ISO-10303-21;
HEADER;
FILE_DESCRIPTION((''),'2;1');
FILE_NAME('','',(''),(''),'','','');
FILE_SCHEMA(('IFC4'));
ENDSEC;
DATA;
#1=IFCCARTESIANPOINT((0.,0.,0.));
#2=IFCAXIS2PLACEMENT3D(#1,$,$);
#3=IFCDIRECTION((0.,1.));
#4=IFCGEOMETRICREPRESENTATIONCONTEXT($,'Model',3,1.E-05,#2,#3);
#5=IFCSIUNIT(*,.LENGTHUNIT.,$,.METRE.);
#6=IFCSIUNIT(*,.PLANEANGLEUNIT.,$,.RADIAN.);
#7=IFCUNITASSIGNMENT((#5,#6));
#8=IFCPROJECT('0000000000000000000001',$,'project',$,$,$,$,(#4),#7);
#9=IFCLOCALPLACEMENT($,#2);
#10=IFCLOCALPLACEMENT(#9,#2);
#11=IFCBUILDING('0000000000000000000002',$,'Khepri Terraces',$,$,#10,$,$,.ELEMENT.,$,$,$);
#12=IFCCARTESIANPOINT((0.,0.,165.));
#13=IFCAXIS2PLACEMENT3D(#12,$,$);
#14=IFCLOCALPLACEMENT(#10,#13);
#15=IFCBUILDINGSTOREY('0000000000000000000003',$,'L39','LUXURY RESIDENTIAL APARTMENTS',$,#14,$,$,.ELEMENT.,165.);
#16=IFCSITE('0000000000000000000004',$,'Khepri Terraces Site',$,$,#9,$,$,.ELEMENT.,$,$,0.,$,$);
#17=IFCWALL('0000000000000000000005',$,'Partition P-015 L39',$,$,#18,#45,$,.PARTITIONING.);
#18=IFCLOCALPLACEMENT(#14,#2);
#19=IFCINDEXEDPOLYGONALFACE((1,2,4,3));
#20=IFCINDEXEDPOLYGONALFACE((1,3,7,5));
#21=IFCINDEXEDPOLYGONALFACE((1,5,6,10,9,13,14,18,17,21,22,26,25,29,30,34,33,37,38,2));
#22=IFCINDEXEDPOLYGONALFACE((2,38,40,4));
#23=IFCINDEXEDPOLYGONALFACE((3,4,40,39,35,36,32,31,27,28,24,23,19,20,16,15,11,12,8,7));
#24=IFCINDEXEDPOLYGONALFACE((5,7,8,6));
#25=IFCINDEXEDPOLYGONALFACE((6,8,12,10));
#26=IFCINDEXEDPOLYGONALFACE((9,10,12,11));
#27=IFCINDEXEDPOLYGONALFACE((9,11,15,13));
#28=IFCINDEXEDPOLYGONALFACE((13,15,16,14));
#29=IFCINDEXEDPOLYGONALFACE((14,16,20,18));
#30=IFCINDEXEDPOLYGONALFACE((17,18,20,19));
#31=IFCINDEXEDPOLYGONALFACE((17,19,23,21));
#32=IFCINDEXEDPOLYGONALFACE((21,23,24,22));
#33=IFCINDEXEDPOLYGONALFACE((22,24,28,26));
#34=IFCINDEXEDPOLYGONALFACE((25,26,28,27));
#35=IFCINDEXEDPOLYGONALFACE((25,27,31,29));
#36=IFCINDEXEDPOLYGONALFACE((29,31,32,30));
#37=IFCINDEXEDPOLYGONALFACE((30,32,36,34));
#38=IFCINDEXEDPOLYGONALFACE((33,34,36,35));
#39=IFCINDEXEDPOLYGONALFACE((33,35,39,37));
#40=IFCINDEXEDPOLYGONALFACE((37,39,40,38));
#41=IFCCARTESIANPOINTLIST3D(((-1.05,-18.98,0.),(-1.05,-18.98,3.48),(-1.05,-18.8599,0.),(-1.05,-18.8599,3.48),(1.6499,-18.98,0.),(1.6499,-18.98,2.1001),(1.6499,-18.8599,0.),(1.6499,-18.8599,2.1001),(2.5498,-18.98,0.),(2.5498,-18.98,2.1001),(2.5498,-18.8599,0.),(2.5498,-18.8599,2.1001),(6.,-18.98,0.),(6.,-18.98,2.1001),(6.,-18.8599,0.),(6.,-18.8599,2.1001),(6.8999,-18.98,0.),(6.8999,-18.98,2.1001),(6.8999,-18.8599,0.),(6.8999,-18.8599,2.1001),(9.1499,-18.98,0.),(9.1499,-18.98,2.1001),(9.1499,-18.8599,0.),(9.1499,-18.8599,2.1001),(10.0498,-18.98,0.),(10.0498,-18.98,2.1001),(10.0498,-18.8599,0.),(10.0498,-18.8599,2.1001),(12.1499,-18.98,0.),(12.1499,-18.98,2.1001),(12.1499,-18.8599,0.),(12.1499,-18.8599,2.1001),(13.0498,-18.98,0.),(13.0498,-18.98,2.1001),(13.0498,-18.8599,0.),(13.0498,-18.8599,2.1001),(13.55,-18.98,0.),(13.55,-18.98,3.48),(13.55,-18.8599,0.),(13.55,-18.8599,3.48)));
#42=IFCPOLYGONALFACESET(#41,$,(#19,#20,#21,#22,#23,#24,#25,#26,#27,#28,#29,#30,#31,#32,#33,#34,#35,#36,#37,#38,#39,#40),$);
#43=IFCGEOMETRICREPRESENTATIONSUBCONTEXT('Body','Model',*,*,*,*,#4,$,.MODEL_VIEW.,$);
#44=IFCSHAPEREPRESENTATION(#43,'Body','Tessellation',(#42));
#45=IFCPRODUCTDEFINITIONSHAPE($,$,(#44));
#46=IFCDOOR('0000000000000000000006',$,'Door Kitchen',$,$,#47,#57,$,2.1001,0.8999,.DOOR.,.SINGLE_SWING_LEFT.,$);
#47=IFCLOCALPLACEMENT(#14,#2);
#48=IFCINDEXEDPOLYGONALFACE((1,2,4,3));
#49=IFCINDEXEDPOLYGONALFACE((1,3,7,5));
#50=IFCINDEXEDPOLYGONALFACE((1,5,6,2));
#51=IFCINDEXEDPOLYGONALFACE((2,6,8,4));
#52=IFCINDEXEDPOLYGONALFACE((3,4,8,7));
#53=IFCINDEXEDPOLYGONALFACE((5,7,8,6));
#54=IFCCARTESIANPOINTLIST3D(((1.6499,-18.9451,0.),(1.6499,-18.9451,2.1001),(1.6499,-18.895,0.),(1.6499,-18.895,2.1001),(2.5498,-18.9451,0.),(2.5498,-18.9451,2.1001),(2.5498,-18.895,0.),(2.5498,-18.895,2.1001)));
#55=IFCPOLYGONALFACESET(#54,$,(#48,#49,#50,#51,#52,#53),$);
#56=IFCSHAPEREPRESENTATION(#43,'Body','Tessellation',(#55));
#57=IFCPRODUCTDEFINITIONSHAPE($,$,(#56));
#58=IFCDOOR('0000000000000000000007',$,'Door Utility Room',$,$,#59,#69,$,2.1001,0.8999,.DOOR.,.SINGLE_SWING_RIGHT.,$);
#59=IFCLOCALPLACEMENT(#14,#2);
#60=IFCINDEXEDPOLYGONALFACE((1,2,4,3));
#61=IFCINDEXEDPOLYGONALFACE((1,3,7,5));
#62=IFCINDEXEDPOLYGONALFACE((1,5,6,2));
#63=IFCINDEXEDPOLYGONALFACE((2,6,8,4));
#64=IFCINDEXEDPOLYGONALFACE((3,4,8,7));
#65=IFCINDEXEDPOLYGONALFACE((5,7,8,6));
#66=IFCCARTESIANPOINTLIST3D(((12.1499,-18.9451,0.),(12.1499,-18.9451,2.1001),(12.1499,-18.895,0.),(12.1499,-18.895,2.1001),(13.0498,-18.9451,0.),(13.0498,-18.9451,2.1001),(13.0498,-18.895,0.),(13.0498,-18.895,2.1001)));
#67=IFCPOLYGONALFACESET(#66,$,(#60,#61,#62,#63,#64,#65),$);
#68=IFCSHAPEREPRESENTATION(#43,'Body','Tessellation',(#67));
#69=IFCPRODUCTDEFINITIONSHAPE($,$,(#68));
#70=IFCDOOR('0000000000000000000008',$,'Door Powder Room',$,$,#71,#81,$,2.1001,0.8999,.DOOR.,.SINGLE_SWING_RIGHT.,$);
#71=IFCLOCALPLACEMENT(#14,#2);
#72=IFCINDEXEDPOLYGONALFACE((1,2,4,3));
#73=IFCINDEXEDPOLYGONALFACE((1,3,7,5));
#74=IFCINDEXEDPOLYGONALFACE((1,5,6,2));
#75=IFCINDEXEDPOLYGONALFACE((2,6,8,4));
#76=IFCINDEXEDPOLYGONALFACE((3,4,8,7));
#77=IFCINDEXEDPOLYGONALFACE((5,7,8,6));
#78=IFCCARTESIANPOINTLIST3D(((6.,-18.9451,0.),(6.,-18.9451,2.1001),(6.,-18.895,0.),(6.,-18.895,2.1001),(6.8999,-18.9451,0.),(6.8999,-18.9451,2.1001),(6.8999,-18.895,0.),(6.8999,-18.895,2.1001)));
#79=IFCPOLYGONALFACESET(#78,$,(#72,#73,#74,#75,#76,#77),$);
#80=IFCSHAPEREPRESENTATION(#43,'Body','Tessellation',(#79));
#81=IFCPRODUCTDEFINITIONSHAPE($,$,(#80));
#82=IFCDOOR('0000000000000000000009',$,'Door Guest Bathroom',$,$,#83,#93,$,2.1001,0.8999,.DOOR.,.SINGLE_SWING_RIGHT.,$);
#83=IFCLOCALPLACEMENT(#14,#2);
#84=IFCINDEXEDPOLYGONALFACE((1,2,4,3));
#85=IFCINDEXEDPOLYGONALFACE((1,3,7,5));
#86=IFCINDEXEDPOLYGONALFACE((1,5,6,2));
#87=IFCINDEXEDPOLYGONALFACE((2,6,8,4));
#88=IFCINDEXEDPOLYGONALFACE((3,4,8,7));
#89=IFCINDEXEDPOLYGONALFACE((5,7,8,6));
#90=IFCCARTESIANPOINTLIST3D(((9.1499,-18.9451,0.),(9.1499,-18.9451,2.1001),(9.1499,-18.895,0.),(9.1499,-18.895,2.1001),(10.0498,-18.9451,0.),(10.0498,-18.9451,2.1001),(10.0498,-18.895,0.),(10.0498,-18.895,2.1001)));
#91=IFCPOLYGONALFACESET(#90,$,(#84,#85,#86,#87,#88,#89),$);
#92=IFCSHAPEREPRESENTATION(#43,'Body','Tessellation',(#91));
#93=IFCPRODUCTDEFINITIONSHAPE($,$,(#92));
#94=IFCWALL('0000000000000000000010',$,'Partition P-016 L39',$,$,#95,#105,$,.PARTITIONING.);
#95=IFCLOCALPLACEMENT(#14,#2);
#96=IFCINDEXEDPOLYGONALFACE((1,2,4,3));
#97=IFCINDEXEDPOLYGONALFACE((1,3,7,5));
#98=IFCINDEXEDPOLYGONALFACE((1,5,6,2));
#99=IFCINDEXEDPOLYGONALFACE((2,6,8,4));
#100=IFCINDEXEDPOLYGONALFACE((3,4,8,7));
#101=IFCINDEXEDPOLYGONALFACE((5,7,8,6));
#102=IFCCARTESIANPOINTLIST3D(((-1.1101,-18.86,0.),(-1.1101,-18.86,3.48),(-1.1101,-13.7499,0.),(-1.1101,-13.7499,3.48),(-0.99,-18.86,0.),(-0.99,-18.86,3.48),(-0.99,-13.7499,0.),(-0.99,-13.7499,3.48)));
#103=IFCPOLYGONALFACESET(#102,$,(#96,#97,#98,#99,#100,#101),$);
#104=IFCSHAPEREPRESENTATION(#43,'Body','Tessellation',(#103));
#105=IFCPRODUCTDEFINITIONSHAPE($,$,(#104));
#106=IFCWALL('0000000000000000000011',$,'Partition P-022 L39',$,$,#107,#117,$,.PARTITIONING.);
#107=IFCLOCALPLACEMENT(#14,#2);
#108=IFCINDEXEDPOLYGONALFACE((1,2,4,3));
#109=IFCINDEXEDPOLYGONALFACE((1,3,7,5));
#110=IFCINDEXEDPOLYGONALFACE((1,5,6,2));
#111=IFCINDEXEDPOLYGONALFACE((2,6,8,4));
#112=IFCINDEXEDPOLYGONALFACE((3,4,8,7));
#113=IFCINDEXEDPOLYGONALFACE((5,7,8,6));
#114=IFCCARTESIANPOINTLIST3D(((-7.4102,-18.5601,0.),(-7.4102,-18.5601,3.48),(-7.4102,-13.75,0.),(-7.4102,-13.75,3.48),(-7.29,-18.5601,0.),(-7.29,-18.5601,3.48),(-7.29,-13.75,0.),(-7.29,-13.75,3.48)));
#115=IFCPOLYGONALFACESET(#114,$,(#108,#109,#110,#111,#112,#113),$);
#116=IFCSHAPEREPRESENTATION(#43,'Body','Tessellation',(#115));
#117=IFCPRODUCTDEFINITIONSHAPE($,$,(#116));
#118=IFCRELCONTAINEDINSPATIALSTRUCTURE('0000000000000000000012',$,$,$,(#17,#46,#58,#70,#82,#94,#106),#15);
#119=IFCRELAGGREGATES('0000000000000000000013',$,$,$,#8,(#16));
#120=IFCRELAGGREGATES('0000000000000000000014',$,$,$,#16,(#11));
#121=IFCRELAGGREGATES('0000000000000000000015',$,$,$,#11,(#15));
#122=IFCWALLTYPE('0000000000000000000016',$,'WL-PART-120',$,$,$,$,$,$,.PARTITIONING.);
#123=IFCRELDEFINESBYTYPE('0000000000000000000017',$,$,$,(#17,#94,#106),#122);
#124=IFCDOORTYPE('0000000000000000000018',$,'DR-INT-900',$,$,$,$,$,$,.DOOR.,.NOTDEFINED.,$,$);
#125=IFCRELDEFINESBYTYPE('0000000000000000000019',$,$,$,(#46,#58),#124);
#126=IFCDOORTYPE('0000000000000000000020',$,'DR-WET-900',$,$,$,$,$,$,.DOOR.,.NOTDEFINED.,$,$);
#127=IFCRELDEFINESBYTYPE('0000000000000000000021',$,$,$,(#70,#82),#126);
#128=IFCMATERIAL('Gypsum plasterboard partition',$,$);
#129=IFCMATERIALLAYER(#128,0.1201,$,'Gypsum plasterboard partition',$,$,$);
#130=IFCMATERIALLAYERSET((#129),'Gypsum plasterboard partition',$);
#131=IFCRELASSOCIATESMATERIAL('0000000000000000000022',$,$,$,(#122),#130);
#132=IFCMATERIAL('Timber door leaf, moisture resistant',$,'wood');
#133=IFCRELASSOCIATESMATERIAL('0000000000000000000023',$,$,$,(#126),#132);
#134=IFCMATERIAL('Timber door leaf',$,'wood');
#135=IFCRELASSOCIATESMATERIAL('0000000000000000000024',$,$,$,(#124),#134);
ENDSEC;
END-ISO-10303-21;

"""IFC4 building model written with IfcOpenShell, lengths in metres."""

from ifc_helpers import new_model, si_unit, direction, frame, frame_2d, origin, place, context, subcontext, project, spatial, rectangle, extrude, material, layer, layer_set, type_object, element, fill, save


model = new_model("IFC4")

# Units and contexts
model_context = context("Model", 3, precision=1e-05, world=origin(), true_north=direction((0.0, 1.0)))
body_context = subcontext(model_context, "Body", "Model", "MODEL_VIEW")
ifc_project = project(units=[si_unit("LENGTHUNIT", "METRE"), si_unit("PLANEANGLEUNIT", "RADIAN")], contexts=[model_context])

# Site, building, storey
site_placement = place(None, origin())
site = spatial("IfcSite", under=ifc_project, at=site_placement, Name="Khepri Terraces Site", CompositionType="ELEMENT", RefElevation=0.0)
building_placement = place(site_placement, origin())
building = spatial("IfcBuilding", under=site, at=building_placement, Name="Khepri Terraces", CompositionType="ELEMENT")
storey_placement = place(building_placement, frame((0.0, 0.0, 165.0)))
storey = spatial("IfcBuildingStorey", under=building, at=storey_placement, Name="L39", Description="LUXURY RESIDENTIAL APARTMENTS", CompositionType="ELEMENT", Elevation=165.0)

# Shared definitions
ifc_material_1 = material(Name="Gypsum plasterboard partition")
ifc_layer_1 = layer(ifc_material_1, 0.1201, Name="Gypsum plasterboard partition")
ifc_layer_set_1 = layer_set([ifc_layer_1], Name="Gypsum plasterboard partition")
wall_type_1 = type_object("IfcWallType", Name="WL-PART-120", PredefinedType="PARTITIONING", material=ifc_layer_set_1)
ifc_material_2 = material(Name="Timber door leaf, moisture resistant", Category="wood")
door_type_1 = type_object("IfcDoorType", Name="DR-WET-900", OperationType="NOTDEFINED", PredefinedType="DOOR", material=ifc_material_2)

# Wall, openings, doors
ifc_material_3 = material(Name="Timber door leaf", Category="wood")
door_type_2 = type_object("IfcDoorType", Name="DR-INT-900", OperationType="NOTDEFINED", PredefinedType="DOOR", material=ifc_material_3)
wall_1_placement = place(storey_placement, frame((-1.05, -18.9199, 0.0), z_axis=(0.0, 0.0, 1.0), x_axis=(1.0, 0.0, 0.0)))
wall_1 = element("IfcWall", 1, at=wall_1_placement, inside=storey, type_object=wall_type_1, Name="Partition P-015 L39", PredefinedType="PARTITIONING", context=body_context, shape_type="SweptSolid", body=[
    extrude(rectangle(XDim=14.6001, YDim=0.1201, at=frame_2d((7.3, 0.0))), origin(), (0.0, 0.0, 1.0), 3.48),
])
opening_1_placement = place(wall_1_placement, frame((2.7, 0.0, 0.0)))
opening_1 = element("IfcOpeningElement", 2, at=opening_1_placement, cuts=wall_1, PredefinedType="OPENING", context=body_context, shape_type="SweptSolid", body=[
    extrude(rectangle(XDim=0.8999, YDim=2.1001, at=frame_2d((0.45, 1.05))), frame((0.0, 0.0701, 0.0), z_axis=(0.0, -1.0, 0.0), x_axis=(1.0, 0.0, 0.0)), (0.0, 0.0, 1.0), 0.1401),
])
opening_2_placement = place(wall_1_placement, frame((7.05, 0.0, 0.0)))
opening_2 = element("IfcOpeningElement", 3, at=opening_2_placement, cuts=wall_1, PredefinedType="OPENING", context=body_context, shape_type="SweptSolid", body=[
    extrude(rectangle(XDim=0.8999, YDim=2.1001, at=frame_2d((0.45, 1.05))), frame((0.0, 0.0701, 0.0), z_axis=(0.0, -1.0, 0.0), x_axis=(1.0, 0.0, 0.0)), (0.0, 0.0, 1.0), 0.1401),
])
opening_3_placement = place(wall_1_placement, frame((10.2, 0.0, 0.0)))
opening_3 = element("IfcOpeningElement", 4, at=opening_3_placement, cuts=wall_1, PredefinedType="OPENING", context=body_context, shape_type="SweptSolid", body=[
    extrude(rectangle(XDim=0.8999, YDim=2.1001, at=frame_2d((0.45, 1.05))), frame((0.0, 0.0701, 0.0), z_axis=(0.0, -1.0, 0.0), x_axis=(1.0, 0.0, 0.0)), (0.0, 0.0, 1.0), 0.1401),
])
opening_4_placement = place(wall_1_placement, frame((13.2, 0.0, 0.0)))
opening_4 = element("IfcOpeningElement", 5, at=opening_4_placement, cuts=wall_1, PredefinedType="OPENING", context=body_context, shape_type="SweptSolid", body=[
    extrude(rectangle(XDim=0.8999, YDim=2.1001, at=frame_2d((0.45, 1.05))), frame((0.0, 0.0701, 0.0), z_axis=(0.0, -1.0, 0.0), x_axis=(1.0, 0.0, 0.0)), (0.0, 0.0, 1.0), 0.1401),
])
door_1_placement = place(opening_1_placement, origin())
door_1 = element("IfcDoor", 6, at=door_1_placement, inside=storey, type_object=door_type_2, Name="Door Kitchen", OperationType="SINGLE_SWING_LEFT", OverallHeight=2.1001, OverallWidth=0.8999, PredefinedType="DOOR", context=body_context, shape_type="SweptSolid", body=[
    extrude(rectangle(XDim=0.8999, YDim=2.1001, at=frame_2d((0.45, 1.05))), frame((0.0, 0.0249, 0.0), z_axis=(0.0, -1.0, 0.0), x_axis=(1.0, 0.0, 0.0)), (0.0, 0.0, 1.0), 0.05),
])
fill(opening_1, door_1)
door_2_placement = place(opening_4_placement, origin())
door_2 = element("IfcDoor", 7, at=door_2_placement, inside=storey, type_object=door_type_2, Name="Door Utility Room", OperationType="SINGLE_SWING_RIGHT", OverallHeight=2.1001, OverallWidth=0.8999, PredefinedType="DOOR", context=body_context, shape_type="SweptSolid", body=[
    extrude(rectangle(XDim=0.8999, YDim=2.1001, at=frame_2d((0.45, 1.05))), frame((0.0, 0.0249, 0.0), z_axis=(0.0, -1.0, 0.0), x_axis=(1.0, 0.0, 0.0)), (0.0, 0.0, 1.0), 0.05),
])
fill(opening_4, door_2)
door_3_placement = place(opening_2_placement, origin())
door_3 = element("IfcDoor", 8, at=door_3_placement, inside=storey, type_object=door_type_1, Name="Door Powder Room", OperationType="SINGLE_SWING_RIGHT", OverallHeight=2.1001, OverallWidth=0.8999, PredefinedType="DOOR", context=body_context, shape_type="SweptSolid", body=[
    extrude(rectangle(XDim=0.8999, YDim=2.1001, at=frame_2d((0.45, 1.05))), frame((0.0, 0.0249, 0.0), z_axis=(0.0, -1.0, 0.0), x_axis=(1.0, 0.0, 0.0)), (0.0, 0.0, 1.0), 0.05),
])
fill(opening_2, door_3)
door_4_placement = place(opening_3_placement, origin())
door_4 = element("IfcDoor", 9, at=door_4_placement, inside=storey, type_object=door_type_1, Name="Door Guest Bathroom", OperationType="SINGLE_SWING_RIGHT", OverallHeight=2.1001, OverallWidth=0.8999, PredefinedType="DOOR", context=body_context, shape_type="SweptSolid", body=[
    extrude(rectangle(XDim=0.8999, YDim=2.1001, at=frame_2d((0.45, 1.05))), frame((0.0, 0.0249, 0.0), z_axis=(0.0, -1.0, 0.0), x_axis=(1.0, 0.0, 0.0)), (0.0, 0.0, 1.0), 0.05),
])
fill(opening_3, door_4)

# Walls
wall_2_placement = place(storey_placement, frame((-1.05, -18.8601, 0.0), z_axis=(0.0, 0.0, 1.0), x_axis=(0.0, 1.0, 0.0)))
element("IfcWall", 10, at=wall_2_placement, inside=storey, type_object=wall_type_1, Name="Partition P-016 L39", PredefinedType="PARTITIONING", context=body_context, shape_type="SweptSolid", body=[
    extrude(rectangle(XDim=5.1101, YDim=0.1201, at=frame_2d((2.5552, 0.0))), origin(), (0.0, 0.0, 1.0), 3.48),
])
wall_3_placement = place(storey_placement, frame((-7.3501, -18.5601, 0.0), z_axis=(0.0, 0.0, 1.0), x_axis=(0.0, 1.0, 0.0)))
element("IfcWall", 11, at=wall_3_placement, inside=storey, type_object=wall_type_1, Name="Partition P-022 L39", PredefinedType="PARTITIONING", context=body_context, shape_type="SweptSolid", body=[
    extrude(rectangle(XDim=4.8101, YDim=0.1201, at=frame_2d((2.405, 0.0))), origin(), (0.0, 0.0, 1.0), 3.48),
])

save(model, "model.ifc")
